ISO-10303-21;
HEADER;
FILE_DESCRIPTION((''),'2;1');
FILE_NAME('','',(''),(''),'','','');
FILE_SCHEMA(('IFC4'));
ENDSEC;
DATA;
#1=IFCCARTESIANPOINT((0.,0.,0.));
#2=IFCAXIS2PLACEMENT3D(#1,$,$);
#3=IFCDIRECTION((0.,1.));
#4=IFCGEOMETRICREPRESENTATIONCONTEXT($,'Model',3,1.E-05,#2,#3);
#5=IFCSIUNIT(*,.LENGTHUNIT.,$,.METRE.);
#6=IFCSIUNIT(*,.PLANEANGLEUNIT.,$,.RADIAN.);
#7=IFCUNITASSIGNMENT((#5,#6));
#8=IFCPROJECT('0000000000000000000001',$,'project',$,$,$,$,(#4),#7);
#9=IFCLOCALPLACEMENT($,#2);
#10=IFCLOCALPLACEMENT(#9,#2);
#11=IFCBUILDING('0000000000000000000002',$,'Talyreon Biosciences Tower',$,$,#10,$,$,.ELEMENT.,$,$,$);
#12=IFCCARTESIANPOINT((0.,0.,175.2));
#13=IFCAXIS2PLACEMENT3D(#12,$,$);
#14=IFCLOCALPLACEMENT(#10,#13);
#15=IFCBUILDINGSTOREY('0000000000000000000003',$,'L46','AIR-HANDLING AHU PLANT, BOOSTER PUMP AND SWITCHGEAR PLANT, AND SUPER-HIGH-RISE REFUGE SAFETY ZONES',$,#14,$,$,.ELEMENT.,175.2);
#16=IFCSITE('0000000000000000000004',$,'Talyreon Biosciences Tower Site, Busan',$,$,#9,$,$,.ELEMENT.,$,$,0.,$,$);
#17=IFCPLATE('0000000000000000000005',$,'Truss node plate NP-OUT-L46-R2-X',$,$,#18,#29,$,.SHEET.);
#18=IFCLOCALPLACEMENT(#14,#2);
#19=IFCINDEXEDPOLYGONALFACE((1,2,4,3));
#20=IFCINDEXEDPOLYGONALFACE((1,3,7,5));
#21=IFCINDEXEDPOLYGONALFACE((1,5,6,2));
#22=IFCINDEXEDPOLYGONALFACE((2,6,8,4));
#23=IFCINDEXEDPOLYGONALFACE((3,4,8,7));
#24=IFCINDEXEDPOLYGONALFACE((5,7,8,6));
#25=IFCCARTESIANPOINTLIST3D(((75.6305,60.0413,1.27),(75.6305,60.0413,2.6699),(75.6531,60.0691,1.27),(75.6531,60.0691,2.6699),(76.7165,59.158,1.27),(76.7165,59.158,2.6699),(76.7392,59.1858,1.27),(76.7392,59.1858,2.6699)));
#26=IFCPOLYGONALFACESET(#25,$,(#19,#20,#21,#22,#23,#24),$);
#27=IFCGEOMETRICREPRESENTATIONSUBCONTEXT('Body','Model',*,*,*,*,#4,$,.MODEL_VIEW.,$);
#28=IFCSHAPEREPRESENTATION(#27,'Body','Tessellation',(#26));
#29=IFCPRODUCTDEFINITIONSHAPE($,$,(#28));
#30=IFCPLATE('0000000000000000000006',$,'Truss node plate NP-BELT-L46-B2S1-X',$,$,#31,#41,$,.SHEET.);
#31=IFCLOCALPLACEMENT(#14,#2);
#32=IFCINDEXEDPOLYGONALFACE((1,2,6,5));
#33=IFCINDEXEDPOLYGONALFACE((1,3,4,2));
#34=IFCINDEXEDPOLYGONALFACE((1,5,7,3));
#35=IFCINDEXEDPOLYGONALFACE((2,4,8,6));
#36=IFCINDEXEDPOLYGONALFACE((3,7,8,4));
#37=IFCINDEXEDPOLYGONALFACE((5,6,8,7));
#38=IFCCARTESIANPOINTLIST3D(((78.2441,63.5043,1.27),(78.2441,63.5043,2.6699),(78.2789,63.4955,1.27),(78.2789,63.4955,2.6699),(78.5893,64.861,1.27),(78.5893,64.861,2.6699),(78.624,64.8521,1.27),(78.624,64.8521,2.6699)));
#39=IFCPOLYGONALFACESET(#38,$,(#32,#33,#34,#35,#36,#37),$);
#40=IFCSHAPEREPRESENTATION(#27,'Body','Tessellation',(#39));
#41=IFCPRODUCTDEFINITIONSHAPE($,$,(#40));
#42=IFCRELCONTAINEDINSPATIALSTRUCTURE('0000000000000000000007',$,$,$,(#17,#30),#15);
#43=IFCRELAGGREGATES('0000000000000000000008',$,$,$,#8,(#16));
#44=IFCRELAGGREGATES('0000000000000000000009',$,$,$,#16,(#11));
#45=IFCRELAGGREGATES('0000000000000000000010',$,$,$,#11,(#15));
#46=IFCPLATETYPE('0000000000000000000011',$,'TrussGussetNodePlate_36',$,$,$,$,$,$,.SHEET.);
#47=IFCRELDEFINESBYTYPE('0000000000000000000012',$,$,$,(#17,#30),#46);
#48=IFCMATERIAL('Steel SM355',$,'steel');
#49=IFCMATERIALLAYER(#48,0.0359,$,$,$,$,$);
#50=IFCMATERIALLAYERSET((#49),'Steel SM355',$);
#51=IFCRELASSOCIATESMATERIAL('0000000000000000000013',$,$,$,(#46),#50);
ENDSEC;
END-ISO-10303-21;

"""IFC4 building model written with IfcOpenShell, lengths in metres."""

from ifc_helpers import new_model, si_unit, direction, frame, origin, origin_2d, place, context, subcontext, project, spatial, rectangle, extrude, material, layer, layer_set, type_object, element, save


model = new_model("IFC4")

# Units and contexts
model_context = context("Model", 3, precision=1e-05, world=origin(), true_north=direction((0.0, 1.0)))
body_context = subcontext(model_context, "Body", "Model", "MODEL_VIEW")
ifc_project = project(units=[si_unit("LENGTHUNIT", "METRE"), si_unit("PLANEANGLEUNIT", "RADIAN")], contexts=[model_context])

# Site, building, storey
site_placement = place(None, origin())
site = spatial("IfcSite", under=ifc_project, at=site_placement, Name="Talyreon Biosciences Tower Site, Busan", CompositionType="ELEMENT", RefElevation=0.0)
building_placement = place(site_placement, origin())
building = spatial("IfcBuilding", under=site, at=building_placement, Name="Talyreon Biosciences Tower", CompositionType="ELEMENT")
storey_placement = place(building_placement, frame((0.0, 0.0, 175.2)))
storey = spatial("IfcBuildingStorey", under=building, at=storey_placement, Name="L46", Description="AIR-HANDLING AHU PLANT, BOOSTER PUMP AND SWITCHGEAR PLANT, AND SUPER-HIGH-RISE REFUGE SAFETY ZONES", CompositionType="ELEMENT", Elevation=175.2)

# Shared definitions
ifc_material_1 = material(Name="Steel SM355", Category="steel")

# Plates
ifc_layer_1 = layer(ifc_material_1, 0.0359)
ifc_layer_set_1 = layer_set([ifc_layer_1], Name="Steel SM355")
plate_type_1 = type_object("IfcPlateType", Name="TrussGussetNodePlate_36", PredefinedType="SHEET", material=ifc_layer_set_1)
for number, where, z_axis, x_axis, name in (
    (1, (76.1848, 59.6135, 1.27), (0.0, 0.0, 1.0), (0.775804, -0.630974, 0.0), "Truss node plate NP-OUT-L46-R2-X"),
    (2, (78.4341, 64.1782, 1.27), (0.0, 0.0, 1.0), (0.246542, 0.969132, 0.0), "Truss node plate NP-BELT-L46-B2S1-X"),
):
    element("IfcPlate", number, at=place(storey_placement, frame(where, z_axis=z_axis, x_axis=x_axis)), inside=storey, type_object=plate_type_1, Name=name, PredefinedType="SHEET", context=body_context, shape_type="SweptSolid", body=[
        extrude(rectangle(XDim=1.3999, YDim=0.0359, at=origin_2d()), origin(), (0.0, 0.0, 1.0), 1.3999),
    ])

save(model, "model.ifc")
